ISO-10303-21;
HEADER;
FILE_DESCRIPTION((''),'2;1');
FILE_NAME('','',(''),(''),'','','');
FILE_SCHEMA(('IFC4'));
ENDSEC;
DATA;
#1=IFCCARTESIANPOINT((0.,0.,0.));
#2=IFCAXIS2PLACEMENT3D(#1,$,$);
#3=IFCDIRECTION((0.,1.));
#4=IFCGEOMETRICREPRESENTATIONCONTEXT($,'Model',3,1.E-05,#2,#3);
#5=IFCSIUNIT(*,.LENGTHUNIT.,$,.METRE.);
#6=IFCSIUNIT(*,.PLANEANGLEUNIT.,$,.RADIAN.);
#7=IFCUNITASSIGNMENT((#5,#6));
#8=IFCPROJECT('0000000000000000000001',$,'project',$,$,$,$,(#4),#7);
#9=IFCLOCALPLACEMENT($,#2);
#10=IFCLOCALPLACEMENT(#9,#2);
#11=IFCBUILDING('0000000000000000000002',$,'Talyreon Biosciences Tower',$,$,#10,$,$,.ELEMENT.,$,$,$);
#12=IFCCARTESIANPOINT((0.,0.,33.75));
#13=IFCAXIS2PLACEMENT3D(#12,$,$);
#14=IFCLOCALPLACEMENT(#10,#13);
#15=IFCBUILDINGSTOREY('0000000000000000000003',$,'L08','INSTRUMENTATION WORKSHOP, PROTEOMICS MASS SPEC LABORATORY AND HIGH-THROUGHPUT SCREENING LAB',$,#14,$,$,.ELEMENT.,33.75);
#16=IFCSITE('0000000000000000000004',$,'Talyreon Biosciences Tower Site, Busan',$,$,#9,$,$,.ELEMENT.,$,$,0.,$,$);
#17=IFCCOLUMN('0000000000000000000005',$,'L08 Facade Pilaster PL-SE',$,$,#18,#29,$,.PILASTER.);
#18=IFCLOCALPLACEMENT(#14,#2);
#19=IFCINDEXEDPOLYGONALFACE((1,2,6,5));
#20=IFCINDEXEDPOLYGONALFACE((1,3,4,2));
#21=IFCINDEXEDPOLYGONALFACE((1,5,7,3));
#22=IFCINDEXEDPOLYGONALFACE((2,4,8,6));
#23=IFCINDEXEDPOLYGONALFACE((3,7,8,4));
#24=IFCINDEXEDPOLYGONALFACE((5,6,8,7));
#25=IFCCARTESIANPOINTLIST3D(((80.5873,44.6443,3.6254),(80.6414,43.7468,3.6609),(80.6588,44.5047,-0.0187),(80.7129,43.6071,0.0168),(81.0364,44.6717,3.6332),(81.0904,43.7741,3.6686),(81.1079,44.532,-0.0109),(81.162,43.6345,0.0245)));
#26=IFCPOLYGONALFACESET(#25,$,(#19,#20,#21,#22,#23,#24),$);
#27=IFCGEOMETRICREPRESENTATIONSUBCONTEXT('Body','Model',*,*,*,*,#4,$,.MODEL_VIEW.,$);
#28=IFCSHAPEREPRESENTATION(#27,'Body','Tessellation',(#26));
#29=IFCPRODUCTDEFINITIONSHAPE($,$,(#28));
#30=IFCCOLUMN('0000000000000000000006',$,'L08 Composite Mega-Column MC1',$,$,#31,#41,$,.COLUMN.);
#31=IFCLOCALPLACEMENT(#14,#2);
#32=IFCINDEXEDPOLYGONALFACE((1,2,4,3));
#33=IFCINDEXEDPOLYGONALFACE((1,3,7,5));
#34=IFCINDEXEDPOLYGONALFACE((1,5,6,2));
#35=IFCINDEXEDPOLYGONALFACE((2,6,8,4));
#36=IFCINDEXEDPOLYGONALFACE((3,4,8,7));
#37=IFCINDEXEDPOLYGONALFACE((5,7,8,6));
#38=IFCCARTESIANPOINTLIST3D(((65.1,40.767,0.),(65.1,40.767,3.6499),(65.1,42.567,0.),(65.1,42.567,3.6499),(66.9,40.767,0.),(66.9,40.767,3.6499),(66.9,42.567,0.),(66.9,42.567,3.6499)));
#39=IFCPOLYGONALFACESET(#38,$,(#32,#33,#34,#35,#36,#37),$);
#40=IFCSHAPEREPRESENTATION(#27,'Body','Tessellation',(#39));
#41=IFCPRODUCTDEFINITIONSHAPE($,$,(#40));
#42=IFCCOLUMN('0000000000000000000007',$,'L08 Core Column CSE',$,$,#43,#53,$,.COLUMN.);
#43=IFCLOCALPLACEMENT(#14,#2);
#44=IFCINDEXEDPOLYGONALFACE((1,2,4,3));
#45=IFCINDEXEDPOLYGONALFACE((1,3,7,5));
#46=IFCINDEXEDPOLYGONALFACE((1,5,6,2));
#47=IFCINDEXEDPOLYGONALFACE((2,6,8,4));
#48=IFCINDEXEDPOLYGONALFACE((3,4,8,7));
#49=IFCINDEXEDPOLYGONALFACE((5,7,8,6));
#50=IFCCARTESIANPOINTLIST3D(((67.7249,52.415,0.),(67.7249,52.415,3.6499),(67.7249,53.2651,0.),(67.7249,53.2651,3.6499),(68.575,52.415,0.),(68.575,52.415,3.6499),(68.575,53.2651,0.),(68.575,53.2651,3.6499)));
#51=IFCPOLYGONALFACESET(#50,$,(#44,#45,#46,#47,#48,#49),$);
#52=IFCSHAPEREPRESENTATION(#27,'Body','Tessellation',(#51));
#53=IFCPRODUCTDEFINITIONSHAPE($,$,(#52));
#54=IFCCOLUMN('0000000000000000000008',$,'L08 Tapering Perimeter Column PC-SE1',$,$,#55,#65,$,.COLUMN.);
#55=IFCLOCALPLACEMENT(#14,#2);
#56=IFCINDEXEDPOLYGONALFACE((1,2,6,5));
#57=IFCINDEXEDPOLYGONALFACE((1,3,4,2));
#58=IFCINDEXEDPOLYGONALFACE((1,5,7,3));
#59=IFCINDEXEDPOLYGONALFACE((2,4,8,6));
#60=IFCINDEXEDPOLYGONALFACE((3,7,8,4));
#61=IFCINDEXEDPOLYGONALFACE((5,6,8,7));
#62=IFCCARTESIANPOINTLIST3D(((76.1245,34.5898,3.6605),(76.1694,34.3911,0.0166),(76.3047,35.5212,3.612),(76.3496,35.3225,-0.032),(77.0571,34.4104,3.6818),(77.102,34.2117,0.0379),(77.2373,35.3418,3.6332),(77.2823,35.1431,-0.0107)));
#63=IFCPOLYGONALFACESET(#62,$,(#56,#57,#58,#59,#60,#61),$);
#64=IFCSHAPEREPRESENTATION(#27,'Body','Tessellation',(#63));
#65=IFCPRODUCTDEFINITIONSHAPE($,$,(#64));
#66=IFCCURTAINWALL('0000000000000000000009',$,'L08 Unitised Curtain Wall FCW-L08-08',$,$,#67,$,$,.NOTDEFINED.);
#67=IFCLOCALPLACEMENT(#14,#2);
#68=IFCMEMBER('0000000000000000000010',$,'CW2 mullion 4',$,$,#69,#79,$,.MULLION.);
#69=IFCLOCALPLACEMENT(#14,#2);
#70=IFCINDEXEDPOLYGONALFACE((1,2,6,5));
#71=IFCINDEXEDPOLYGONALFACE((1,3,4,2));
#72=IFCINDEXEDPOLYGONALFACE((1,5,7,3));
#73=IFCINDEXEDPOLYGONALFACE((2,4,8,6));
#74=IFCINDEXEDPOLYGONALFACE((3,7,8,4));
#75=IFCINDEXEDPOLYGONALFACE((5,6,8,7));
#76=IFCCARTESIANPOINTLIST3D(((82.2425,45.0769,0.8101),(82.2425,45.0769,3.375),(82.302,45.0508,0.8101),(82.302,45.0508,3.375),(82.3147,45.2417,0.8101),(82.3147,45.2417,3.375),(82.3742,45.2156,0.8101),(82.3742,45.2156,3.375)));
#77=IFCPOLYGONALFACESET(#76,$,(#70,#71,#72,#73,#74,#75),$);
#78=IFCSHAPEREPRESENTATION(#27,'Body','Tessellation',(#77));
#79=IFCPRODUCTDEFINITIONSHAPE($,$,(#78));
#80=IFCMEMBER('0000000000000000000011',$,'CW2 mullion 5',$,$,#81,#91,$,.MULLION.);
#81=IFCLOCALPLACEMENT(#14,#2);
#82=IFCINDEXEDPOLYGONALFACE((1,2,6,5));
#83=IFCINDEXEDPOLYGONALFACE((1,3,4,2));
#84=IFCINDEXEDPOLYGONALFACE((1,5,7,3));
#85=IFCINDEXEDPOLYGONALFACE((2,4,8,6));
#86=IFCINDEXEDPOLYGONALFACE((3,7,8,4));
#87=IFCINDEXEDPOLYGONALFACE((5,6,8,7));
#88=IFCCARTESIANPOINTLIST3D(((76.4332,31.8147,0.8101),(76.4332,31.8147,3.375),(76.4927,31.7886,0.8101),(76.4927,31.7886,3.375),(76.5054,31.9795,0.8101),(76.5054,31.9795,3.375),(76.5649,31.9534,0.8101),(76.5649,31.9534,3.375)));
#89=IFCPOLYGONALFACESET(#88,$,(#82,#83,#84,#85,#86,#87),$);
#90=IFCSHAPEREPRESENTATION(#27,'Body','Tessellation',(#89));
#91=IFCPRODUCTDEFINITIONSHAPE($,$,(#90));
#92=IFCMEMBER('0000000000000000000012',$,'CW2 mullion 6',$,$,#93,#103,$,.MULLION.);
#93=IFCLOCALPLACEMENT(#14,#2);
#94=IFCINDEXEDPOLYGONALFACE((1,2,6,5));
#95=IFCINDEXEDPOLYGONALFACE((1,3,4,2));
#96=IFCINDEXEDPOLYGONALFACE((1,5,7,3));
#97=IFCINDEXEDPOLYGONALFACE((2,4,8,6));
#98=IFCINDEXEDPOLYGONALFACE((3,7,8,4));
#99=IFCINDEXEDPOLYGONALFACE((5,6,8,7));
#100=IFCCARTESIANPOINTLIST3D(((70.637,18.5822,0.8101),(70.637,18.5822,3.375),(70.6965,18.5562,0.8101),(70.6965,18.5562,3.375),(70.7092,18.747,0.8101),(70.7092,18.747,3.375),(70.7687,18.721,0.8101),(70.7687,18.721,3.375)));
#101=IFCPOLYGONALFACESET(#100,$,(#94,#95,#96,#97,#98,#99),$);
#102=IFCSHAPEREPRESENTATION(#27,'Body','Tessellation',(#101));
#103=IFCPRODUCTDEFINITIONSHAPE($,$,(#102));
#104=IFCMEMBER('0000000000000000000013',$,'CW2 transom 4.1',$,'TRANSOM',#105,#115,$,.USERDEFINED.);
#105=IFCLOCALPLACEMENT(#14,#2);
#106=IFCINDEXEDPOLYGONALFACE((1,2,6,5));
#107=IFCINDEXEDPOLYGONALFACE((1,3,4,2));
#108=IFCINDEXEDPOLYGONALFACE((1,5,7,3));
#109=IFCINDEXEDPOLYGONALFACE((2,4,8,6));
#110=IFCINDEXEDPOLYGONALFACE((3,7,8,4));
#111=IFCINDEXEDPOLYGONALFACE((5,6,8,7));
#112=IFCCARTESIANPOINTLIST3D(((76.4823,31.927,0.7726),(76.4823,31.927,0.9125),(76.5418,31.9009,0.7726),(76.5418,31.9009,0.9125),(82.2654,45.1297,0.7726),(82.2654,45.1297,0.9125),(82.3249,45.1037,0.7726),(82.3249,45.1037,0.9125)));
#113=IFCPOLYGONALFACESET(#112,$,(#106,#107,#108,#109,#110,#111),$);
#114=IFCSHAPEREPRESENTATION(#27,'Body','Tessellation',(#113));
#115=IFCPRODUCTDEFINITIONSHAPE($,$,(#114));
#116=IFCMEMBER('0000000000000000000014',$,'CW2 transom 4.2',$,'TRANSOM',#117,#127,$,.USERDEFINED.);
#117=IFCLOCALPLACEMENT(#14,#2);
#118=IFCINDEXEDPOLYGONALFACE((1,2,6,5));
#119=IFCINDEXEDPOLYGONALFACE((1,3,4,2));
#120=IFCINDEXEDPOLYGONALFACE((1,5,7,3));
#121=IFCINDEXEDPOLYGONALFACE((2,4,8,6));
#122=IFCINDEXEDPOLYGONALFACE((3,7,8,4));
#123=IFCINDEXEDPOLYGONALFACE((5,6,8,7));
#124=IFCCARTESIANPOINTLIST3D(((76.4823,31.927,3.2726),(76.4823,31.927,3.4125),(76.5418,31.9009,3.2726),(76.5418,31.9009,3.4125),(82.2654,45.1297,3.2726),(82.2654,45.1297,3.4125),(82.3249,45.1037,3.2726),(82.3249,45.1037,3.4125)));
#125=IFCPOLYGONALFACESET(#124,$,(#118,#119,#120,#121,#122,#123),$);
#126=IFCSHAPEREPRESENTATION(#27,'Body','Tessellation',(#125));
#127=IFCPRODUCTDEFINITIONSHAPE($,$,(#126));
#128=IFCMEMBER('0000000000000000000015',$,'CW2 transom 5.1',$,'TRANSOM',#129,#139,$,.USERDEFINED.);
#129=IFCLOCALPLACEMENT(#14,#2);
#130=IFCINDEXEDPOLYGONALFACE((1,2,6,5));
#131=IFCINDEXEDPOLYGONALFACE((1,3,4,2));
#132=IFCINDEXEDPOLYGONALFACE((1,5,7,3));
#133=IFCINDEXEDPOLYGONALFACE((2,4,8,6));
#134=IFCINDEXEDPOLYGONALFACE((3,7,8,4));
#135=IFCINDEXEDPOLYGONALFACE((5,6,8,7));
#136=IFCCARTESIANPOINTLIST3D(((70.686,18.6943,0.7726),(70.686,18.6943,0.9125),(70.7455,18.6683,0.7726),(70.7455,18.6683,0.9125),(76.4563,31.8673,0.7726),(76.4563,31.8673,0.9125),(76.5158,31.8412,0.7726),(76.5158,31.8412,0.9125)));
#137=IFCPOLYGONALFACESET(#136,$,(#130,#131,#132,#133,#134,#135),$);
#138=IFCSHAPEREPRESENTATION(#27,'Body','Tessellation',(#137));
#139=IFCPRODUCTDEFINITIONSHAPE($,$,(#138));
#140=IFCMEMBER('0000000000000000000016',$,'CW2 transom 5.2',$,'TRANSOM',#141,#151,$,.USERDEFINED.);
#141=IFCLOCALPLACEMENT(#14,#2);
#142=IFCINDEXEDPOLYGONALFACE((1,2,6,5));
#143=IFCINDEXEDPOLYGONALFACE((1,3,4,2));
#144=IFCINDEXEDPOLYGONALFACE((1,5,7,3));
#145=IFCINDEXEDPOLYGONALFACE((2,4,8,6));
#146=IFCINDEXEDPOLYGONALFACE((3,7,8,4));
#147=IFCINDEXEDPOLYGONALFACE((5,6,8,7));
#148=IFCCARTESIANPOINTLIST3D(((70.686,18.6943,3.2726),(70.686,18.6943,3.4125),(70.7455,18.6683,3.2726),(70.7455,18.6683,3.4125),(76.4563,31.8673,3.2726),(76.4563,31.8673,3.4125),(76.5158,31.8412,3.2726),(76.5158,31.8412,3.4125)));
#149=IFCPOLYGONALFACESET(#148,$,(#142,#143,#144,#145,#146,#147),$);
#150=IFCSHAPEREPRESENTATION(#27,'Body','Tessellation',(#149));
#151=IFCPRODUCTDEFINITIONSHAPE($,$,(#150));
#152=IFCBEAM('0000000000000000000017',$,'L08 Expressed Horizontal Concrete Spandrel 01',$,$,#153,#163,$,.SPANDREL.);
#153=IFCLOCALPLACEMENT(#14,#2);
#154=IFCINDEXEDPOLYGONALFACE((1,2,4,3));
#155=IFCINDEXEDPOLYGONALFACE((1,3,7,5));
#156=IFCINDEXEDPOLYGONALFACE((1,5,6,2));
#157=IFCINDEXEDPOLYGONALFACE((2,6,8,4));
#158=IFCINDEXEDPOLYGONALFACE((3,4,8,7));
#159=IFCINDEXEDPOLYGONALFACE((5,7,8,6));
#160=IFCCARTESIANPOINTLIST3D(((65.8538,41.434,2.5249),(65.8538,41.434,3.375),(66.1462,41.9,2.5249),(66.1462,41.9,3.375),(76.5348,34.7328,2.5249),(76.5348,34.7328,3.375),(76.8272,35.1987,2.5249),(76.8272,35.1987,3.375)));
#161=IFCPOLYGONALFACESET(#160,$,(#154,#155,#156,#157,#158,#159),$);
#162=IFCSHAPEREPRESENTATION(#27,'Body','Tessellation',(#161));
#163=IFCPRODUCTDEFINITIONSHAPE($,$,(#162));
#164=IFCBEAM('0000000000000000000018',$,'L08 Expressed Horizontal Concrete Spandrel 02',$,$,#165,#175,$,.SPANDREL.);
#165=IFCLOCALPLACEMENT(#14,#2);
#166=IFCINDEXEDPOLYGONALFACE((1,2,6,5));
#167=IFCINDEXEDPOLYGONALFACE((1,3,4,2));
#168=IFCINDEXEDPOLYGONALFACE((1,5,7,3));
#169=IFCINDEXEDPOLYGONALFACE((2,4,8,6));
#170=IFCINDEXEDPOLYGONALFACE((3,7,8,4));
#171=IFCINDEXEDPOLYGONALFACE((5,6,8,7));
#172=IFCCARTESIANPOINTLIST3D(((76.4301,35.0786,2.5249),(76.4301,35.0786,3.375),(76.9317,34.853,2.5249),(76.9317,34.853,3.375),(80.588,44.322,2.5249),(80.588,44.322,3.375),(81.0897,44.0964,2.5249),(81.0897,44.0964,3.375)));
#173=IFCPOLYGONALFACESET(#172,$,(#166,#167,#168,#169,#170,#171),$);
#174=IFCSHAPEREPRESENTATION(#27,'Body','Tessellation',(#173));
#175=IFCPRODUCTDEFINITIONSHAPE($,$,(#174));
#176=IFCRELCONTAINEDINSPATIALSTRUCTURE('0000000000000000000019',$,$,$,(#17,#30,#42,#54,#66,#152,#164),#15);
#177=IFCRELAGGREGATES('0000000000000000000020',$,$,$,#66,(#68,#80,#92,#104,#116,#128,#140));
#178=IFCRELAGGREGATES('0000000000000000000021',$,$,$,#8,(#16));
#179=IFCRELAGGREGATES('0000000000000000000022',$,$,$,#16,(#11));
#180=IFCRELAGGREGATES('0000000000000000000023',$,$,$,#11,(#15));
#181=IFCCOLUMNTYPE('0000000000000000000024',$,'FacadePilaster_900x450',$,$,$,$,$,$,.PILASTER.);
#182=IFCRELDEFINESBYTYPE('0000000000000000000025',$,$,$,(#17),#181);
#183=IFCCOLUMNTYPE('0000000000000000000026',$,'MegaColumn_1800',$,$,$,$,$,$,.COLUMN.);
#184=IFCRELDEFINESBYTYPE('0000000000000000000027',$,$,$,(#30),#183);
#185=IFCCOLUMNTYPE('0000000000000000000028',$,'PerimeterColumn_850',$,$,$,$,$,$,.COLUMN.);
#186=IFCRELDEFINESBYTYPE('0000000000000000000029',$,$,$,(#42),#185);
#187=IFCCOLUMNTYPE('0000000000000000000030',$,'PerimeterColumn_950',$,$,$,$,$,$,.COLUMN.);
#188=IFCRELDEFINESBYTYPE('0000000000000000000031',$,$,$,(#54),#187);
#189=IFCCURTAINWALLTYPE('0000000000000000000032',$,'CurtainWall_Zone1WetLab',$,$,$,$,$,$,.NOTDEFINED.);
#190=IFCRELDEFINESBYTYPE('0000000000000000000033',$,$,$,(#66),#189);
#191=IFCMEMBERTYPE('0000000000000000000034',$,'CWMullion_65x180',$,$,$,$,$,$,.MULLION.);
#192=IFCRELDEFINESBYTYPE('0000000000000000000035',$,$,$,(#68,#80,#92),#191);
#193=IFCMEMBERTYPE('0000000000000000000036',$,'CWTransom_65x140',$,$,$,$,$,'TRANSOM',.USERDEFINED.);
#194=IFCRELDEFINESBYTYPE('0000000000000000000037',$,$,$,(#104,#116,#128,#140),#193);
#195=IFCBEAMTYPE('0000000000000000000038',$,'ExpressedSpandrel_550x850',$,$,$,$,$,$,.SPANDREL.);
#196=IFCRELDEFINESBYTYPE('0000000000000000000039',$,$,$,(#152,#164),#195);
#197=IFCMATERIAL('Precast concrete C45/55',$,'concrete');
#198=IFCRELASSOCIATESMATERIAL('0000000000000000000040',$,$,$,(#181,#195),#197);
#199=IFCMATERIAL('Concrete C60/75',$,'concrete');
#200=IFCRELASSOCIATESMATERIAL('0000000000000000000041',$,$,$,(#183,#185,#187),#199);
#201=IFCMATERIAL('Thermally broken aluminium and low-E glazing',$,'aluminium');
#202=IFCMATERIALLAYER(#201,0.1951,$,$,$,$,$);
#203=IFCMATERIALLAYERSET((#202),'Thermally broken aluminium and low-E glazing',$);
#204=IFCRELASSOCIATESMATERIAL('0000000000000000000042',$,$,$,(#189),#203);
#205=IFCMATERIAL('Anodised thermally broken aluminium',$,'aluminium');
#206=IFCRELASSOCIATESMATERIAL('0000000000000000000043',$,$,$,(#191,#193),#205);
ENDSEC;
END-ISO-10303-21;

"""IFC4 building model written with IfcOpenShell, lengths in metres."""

from ifc_helpers import new_model, si_unit, direction, frame, origin, origin_2d, place, context, subcontext, project, spatial, rectangle, extrude, material, layer, layer_set, material_profile, profile_set, type_object, element, aggregate, save


model = new_model("IFC4")

# Units and contexts
model_context = context("Model", 3, precision=1e-05, world=origin(), true_north=direction((0.0, 1.0)))
body_context = subcontext(model_context, "Body", "Model", "MODEL_VIEW")
ifc_project = project(units=[si_unit("LENGTHUNIT", "METRE"), si_unit("PLANEANGLEUNIT", "RADIAN")], contexts=[model_context])

# Site, building, storey
site_placement = place(None, origin())
site = spatial("IfcSite", under=ifc_project, at=site_placement, Name="Talyreon Biosciences Tower Site, Busan", CompositionType="ELEMENT", RefElevation=0.0)
building_placement = place(site_placement, origin())
building = spatial("IfcBuilding", under=site, at=building_placement, Name="Talyreon Biosciences Tower", CompositionType="ELEMENT")
storey_placement = place(building_placement, frame((0.0, 0.0, 33.75)))
storey = spatial("IfcBuildingStorey", under=building, at=storey_placement, Name="L08", Description="INSTRUMENTATION WORKSHOP, PROTEOMICS MASS SPEC LABORATORY AND HIGH-THROUGHPUT SCREENING LAB", CompositionType="ELEMENT", Elevation=33.75)

# Columns
ifc_material_1 = material(Name="Precast concrete C45/55", Category="concrete")
ifc_material_profile_1 = material_profile(ifc_material_1, rectangle(XDim=0.8999, YDim=0.45, at=origin_2d()), Name="RC 900x450")
ifc_profile_set_1 = profile_set([ifc_material_profile_1], Name="Precast concrete C45/55")
column_type_1 = type_object("IfcColumnType", Name="FacadePilaster_900x450", PredefinedType="PILASTER", material=ifc_profile_set_1)
column_1_placement = place(storey_placement, frame((80.9104, 44.0696, 0.0029), z_axis=(-0.019612, 0.038287, 0.999074), x_axis=(0.060074, -0.997416, 0.039403)))
element("IfcColumn", 1, at=column_1_placement, inside=storey, type_object=column_type_1, Name="L08 Facade Pilaster PL-SE", PredefinedType="PILASTER", context=body_context, shape_type="SweptSolid", body=[
    extrude(rectangle(XDim=0.8999, YDim=0.45, at=origin_2d()), origin(), (0.0, 0.0, 1.0), 3.6475),
])
ifc_material_2 = material(Name="Concrete C60/75", Category="concrete")
ifc_material_profile_2 = material_profile(ifc_material_2, rectangle(XDim=1.8, YDim=1.8, at=origin_2d()), Name="RC 1800x1800")
ifc_profile_set_2 = profile_set([ifc_material_profile_2], Name="Concrete C60/75")
column_type_2 = type_object("IfcColumnType", Name="MegaColumn_1800", PredefinedType="COLUMN", material=ifc_profile_set_2)
column_2_placement = place(storey_placement, frame((66.0, 41.667, 0.0), z_axis=(0.0, 0.0, 1.0), x_axis=(1.0, 0.0, 0.0)))
element("IfcColumn", 2, at=column_2_placement, inside=storey, type_object=column_type_2, Name="L08 Composite Mega-Column MC1", PredefinedType="COLUMN", context=body_context, shape_type="SweptSolid", body=[
    extrude(rectangle(XDim=1.8, YDim=1.8, at=origin_2d()), origin(), (0.0, 0.0, 1.0), 3.6499),
])
ifc_material_profile_3 = material_profile(ifc_material_2, rectangle(XDim=0.8501, YDim=0.8501, at=origin_2d()), Name="RC 850x850")
ifc_profile_set_3 = profile_set([ifc_material_profile_3], Name="Concrete C60/75")
column_type_3 = type_object("IfcColumnType", Name="PerimeterColumn_850", PredefinedType="COLUMN", material=ifc_profile_set_3)
column_3_placement = place(storey_placement, frame((68.1499, 52.8401, 0.0), z_axis=(0.0, 0.0, 1.0), x_axis=(1.0, 0.0, 0.0)))
element("IfcColumn", 3, at=column_3_placement, inside=storey, type_object=column_type_3, Name="L08 Core Column CSE", PredefinedType="COLUMN", context=body_context, shape_type="SweptSolid", body=[
    extrude(rectangle(XDim=0.8501, YDim=0.8501, at=origin_2d()), origin(), (0.0, 0.0, 1.0), 3.6499),
])
ifc_material_profile_4 = material_profile(ifc_material_2, rectangle(XDim=0.95, YDim=0.95, at=origin_2d()), Name="RC 950x950")
ifc_profile_set_4 = profile_set([ifc_material_profile_4], Name="Concrete C60/75")
column_type_4 = type_object("IfcColumnType", Name="PerimeterColumn_950", PredefinedType="COLUMN", material=ifc_profile_set_4)
column_4_placement = place(storey_placement, frame((76.7258, 34.7671, 0.0029), z_axis=(-0.012308, 0.054451, 0.998441), x_axis=(-0.189748, -0.9805, 0.051133)))
element("IfcColumn", 4, at=column_4_placement, inside=storey, type_object=column_type_4, Name="L08 Tapering Perimeter Column PC-SE1", PredefinedType="COLUMN", context=body_context, shape_type="SweptSolid", body=[
    extrude(rectangle(XDim=0.95, YDim=0.95, at=origin_2d()), origin(), (0.0, 0.0, 1.0), 3.6497),
])

# Curtain wall, members
ifc_material_3 = material(Name="Thermally broken aluminium and low-E glazing", Category="aluminium")
ifc_layer_1 = layer(ifc_material_3, 0.1951)
ifc_layer_set_1 = layer_set([ifc_layer_1], Name="Thermally broken aluminium and low-E glazing")
curtain_wall_type = type_object("IfcCurtainWallType", Name="CurtainWall_Zone1WetLab", PredefinedType="NOTDEFINED", material=ifc_layer_set_1)
curtain_wall_placement = place(storey_placement, origin())
curtain_wall = element("IfcCurtainWall", 5, at=curtain_wall_placement, inside=storey, type_object=curtain_wall_type, Name="L08 Unitised Curtain Wall FCW-L08-08", PredefinedType="NOTDEFINED")
ifc_material_4 = material(Name="Anodised thermally broken aluminium", Category="aluminium")
ifc_material_profile_5 = material_profile(ifc_material_4, rectangle(XDim=0.0649, YDim=0.1799, at=origin_2d()), Name="ALUM MULLION 65x180")
ifc_profile_set_5 = profile_set([ifc_material_profile_5], Name="Anodised thermally broken aluminium")
member_type_1 = type_object("IfcMemberType", Name="CWMullion_65x180", PredefinedType="MULLION", material=ifc_profile_set_5)
member_1_placement = place(storey_placement, frame((82.3083, 45.1462, 0.8101), z_axis=(0.0, 0.0, 1.0), x_axis=(0.91598, -0.401223, 0.0)))
member_1 = element("IfcMember", 6, at=member_1_placement, type_object=member_type_1, Name="CW2 mullion 4", PredefinedType="MULLION", context=body_context, shape_type="SweptSolid", body=[
    extrude(rectangle(XDim=0.0649, YDim=0.1799, at=origin_2d()), origin(), (0.0, 0.0, 1.0), 2.5649),
])
member_2_placement = place(storey_placement, frame((76.499, 31.884, 0.8101), z_axis=(0.0, 0.0, 1.0), x_axis=(0.91598, -0.401223, 0.0)))
member_2 = element("IfcMember", 7, at=member_2_placement, type_object=member_type_1, Name="CW2 mullion 5", PredefinedType="MULLION", context=body_context, shape_type="SweptSolid", body=[
    extrude(rectangle(XDim=0.0649, YDim=0.1799, at=origin_2d()), origin(), (0.0, 0.0, 1.0), 2.5649),
])
member_3_placement = place(storey_placement, frame((70.7029, 18.6516, 0.8101), z_axis=(0.0, 0.0, 1.0), x_axis=(0.91598, -0.401223, 0.0)))
member_3 = element("IfcMember", 8, at=member_3_placement, type_object=member_type_1, Name="CW2 mullion 6", PredefinedType="MULLION", context=body_context, shape_type="SweptSolid", body=[
    extrude(rectangle(XDim=0.0649, YDim=0.1799, at=origin_2d()), origin(), (0.0, 0.0, 1.0), 2.5649),
])
ifc_material_profile_6 = material_profile(ifc_material_4, rectangle(XDim=0.0649, YDim=0.1399, at=origin_2d()), Name="ALUM TRANSOM 65x140")
ifc_profile_set_6 = profile_set([ifc_material_profile_6], Name="Anodised thermally broken aluminium")
member_type_2 = type_object("IfcMemberType", Name="CWTransom_65x140", ElementType="TRANSOM", PredefinedType="USERDEFINED", material=ifc_profile_set_6)
member_4_placement = place(storey_placement, frame((82.2952, 45.1167, 0.8425), z_axis=(-0.401223, -0.91598, 0.0), x_axis=(0.91598, -0.401223, 0.0)))
member_4 = element("IfcMember", 9, at=member_4_placement, type_object=member_type_2, Name="CW2 transom 4.1", ObjectType="TRANSOM", PredefinedType="USERDEFINED", context=body_context, shape_type="SweptSolid", body=[
    extrude(rectangle(XDim=0.0649, YDim=0.1399, at=origin_2d()), origin(), (0.0, 0.0, 1.0), 14.4138),
])
member_5_placement = place(storey_placement, frame((82.2952, 45.1167, 3.3425), z_axis=(-0.401223, -0.91598, 0.0), x_axis=(0.91598, -0.401223, 0.0)))
member_5 = element("IfcMember", 10, at=member_5_placement, type_object=member_type_2, Name="CW2 transom 4.2", ObjectType="TRANSOM", PredefinedType="USERDEFINED", context=body_context, shape_type="SweptSolid", body=[
    extrude(rectangle(XDim=0.0649, YDim=0.1399, at=origin_2d()), origin(), (0.0, 0.0, 1.0), 14.4138),
])
member_6_placement = place(storey_placement, frame((76.4861, 31.8542, 0.8425), z_axis=(-0.401236, -0.915975, 0.0), x_axis=(0.915975, -0.401236, 0.0)))
member_6 = element("IfcMember", 11, at=member_6_placement, type_object=member_type_2, Name="CW2 transom 5.1", ObjectType="TRANSOM", PredefinedType="USERDEFINED", context=body_context, shape_type="SweptSolid", body=[
    extrude(rectangle(XDim=0.0649, YDim=0.1399, at=origin_2d()), origin(), (0.0, 0.0, 1.0), 14.3813),
])
member_7_placement = place(storey_placement, frame((76.4861, 31.8542, 3.3425), z_axis=(-0.401236, -0.915975, 0.0), x_axis=(0.915975, -0.401236, 0.0)))
member_7 = element("IfcMember", 12, at=member_7_placement, type_object=member_type_2, Name="CW2 transom 5.2", ObjectType="TRANSOM", PredefinedType="USERDEFINED", context=body_context, shape_type="SweptSolid", body=[
    extrude(rectangle(XDim=0.0649, YDim=0.1399, at=origin_2d()), origin(), (0.0, 0.0, 1.0), 14.3813),
])

# Beams
ifc_material_profile_7 = material_profile(ifc_material_1, rectangle(XDim=0.55, YDim=0.8501, at=origin_2d()), Name="RCB 550x850")
ifc_profile_set_7 = profile_set([ifc_material_profile_7], Name="Precast concrete C45/55")
beam_type_1 = type_object("IfcBeamType", Name="ExpressedSpandrel_550x850", PredefinedType="SPANDREL", material=ifc_profile_set_7)
beam_1_placement = place(storey_placement, frame((66.0, 41.667, 2.95), z_axis=(0.847084, -0.531458, 0.0), x_axis=(0.531458, 0.847084, 0.0)))
element("IfcBeam", 13, at=beam_1_placement, inside=storey, type_object=beam_type_1, Name="L08 Expressed Horizontal Concrete Spandrel 01", PredefinedType="SPANDREL", context=body_context, shape_type="SweptSolid", body=[
    extrude(rectangle(XDim=0.55, YDim=0.8501, at=origin_2d()), origin(), (0.0, 0.0, 1.0), 12.6091),
])
beam_2_placement = place(storey_placement, frame((76.6809, 34.9658, 2.95), z_axis=(0.410235, 0.91198, 0.0), x_axis=(-0.91198, 0.410235, 0.0)))
element("IfcBeam", 14, at=beam_2_placement, inside=storey, type_object=beam_type_1, Name="L08 Expressed Horizontal Concrete Spandrel 02", PredefinedType="SPANDREL", context=body_context, shape_type="SweptSolid", body=[
    extrude(rectangle(XDim=0.55, YDim=0.8501, at=origin_2d()), origin(), (0.0, 0.0, 1.0), 10.1355),
])

aggregate(curtain_wall, [member_1, member_2, member_3, member_4, member_5, member_6, member_7])

save(model, "model.ifc")
